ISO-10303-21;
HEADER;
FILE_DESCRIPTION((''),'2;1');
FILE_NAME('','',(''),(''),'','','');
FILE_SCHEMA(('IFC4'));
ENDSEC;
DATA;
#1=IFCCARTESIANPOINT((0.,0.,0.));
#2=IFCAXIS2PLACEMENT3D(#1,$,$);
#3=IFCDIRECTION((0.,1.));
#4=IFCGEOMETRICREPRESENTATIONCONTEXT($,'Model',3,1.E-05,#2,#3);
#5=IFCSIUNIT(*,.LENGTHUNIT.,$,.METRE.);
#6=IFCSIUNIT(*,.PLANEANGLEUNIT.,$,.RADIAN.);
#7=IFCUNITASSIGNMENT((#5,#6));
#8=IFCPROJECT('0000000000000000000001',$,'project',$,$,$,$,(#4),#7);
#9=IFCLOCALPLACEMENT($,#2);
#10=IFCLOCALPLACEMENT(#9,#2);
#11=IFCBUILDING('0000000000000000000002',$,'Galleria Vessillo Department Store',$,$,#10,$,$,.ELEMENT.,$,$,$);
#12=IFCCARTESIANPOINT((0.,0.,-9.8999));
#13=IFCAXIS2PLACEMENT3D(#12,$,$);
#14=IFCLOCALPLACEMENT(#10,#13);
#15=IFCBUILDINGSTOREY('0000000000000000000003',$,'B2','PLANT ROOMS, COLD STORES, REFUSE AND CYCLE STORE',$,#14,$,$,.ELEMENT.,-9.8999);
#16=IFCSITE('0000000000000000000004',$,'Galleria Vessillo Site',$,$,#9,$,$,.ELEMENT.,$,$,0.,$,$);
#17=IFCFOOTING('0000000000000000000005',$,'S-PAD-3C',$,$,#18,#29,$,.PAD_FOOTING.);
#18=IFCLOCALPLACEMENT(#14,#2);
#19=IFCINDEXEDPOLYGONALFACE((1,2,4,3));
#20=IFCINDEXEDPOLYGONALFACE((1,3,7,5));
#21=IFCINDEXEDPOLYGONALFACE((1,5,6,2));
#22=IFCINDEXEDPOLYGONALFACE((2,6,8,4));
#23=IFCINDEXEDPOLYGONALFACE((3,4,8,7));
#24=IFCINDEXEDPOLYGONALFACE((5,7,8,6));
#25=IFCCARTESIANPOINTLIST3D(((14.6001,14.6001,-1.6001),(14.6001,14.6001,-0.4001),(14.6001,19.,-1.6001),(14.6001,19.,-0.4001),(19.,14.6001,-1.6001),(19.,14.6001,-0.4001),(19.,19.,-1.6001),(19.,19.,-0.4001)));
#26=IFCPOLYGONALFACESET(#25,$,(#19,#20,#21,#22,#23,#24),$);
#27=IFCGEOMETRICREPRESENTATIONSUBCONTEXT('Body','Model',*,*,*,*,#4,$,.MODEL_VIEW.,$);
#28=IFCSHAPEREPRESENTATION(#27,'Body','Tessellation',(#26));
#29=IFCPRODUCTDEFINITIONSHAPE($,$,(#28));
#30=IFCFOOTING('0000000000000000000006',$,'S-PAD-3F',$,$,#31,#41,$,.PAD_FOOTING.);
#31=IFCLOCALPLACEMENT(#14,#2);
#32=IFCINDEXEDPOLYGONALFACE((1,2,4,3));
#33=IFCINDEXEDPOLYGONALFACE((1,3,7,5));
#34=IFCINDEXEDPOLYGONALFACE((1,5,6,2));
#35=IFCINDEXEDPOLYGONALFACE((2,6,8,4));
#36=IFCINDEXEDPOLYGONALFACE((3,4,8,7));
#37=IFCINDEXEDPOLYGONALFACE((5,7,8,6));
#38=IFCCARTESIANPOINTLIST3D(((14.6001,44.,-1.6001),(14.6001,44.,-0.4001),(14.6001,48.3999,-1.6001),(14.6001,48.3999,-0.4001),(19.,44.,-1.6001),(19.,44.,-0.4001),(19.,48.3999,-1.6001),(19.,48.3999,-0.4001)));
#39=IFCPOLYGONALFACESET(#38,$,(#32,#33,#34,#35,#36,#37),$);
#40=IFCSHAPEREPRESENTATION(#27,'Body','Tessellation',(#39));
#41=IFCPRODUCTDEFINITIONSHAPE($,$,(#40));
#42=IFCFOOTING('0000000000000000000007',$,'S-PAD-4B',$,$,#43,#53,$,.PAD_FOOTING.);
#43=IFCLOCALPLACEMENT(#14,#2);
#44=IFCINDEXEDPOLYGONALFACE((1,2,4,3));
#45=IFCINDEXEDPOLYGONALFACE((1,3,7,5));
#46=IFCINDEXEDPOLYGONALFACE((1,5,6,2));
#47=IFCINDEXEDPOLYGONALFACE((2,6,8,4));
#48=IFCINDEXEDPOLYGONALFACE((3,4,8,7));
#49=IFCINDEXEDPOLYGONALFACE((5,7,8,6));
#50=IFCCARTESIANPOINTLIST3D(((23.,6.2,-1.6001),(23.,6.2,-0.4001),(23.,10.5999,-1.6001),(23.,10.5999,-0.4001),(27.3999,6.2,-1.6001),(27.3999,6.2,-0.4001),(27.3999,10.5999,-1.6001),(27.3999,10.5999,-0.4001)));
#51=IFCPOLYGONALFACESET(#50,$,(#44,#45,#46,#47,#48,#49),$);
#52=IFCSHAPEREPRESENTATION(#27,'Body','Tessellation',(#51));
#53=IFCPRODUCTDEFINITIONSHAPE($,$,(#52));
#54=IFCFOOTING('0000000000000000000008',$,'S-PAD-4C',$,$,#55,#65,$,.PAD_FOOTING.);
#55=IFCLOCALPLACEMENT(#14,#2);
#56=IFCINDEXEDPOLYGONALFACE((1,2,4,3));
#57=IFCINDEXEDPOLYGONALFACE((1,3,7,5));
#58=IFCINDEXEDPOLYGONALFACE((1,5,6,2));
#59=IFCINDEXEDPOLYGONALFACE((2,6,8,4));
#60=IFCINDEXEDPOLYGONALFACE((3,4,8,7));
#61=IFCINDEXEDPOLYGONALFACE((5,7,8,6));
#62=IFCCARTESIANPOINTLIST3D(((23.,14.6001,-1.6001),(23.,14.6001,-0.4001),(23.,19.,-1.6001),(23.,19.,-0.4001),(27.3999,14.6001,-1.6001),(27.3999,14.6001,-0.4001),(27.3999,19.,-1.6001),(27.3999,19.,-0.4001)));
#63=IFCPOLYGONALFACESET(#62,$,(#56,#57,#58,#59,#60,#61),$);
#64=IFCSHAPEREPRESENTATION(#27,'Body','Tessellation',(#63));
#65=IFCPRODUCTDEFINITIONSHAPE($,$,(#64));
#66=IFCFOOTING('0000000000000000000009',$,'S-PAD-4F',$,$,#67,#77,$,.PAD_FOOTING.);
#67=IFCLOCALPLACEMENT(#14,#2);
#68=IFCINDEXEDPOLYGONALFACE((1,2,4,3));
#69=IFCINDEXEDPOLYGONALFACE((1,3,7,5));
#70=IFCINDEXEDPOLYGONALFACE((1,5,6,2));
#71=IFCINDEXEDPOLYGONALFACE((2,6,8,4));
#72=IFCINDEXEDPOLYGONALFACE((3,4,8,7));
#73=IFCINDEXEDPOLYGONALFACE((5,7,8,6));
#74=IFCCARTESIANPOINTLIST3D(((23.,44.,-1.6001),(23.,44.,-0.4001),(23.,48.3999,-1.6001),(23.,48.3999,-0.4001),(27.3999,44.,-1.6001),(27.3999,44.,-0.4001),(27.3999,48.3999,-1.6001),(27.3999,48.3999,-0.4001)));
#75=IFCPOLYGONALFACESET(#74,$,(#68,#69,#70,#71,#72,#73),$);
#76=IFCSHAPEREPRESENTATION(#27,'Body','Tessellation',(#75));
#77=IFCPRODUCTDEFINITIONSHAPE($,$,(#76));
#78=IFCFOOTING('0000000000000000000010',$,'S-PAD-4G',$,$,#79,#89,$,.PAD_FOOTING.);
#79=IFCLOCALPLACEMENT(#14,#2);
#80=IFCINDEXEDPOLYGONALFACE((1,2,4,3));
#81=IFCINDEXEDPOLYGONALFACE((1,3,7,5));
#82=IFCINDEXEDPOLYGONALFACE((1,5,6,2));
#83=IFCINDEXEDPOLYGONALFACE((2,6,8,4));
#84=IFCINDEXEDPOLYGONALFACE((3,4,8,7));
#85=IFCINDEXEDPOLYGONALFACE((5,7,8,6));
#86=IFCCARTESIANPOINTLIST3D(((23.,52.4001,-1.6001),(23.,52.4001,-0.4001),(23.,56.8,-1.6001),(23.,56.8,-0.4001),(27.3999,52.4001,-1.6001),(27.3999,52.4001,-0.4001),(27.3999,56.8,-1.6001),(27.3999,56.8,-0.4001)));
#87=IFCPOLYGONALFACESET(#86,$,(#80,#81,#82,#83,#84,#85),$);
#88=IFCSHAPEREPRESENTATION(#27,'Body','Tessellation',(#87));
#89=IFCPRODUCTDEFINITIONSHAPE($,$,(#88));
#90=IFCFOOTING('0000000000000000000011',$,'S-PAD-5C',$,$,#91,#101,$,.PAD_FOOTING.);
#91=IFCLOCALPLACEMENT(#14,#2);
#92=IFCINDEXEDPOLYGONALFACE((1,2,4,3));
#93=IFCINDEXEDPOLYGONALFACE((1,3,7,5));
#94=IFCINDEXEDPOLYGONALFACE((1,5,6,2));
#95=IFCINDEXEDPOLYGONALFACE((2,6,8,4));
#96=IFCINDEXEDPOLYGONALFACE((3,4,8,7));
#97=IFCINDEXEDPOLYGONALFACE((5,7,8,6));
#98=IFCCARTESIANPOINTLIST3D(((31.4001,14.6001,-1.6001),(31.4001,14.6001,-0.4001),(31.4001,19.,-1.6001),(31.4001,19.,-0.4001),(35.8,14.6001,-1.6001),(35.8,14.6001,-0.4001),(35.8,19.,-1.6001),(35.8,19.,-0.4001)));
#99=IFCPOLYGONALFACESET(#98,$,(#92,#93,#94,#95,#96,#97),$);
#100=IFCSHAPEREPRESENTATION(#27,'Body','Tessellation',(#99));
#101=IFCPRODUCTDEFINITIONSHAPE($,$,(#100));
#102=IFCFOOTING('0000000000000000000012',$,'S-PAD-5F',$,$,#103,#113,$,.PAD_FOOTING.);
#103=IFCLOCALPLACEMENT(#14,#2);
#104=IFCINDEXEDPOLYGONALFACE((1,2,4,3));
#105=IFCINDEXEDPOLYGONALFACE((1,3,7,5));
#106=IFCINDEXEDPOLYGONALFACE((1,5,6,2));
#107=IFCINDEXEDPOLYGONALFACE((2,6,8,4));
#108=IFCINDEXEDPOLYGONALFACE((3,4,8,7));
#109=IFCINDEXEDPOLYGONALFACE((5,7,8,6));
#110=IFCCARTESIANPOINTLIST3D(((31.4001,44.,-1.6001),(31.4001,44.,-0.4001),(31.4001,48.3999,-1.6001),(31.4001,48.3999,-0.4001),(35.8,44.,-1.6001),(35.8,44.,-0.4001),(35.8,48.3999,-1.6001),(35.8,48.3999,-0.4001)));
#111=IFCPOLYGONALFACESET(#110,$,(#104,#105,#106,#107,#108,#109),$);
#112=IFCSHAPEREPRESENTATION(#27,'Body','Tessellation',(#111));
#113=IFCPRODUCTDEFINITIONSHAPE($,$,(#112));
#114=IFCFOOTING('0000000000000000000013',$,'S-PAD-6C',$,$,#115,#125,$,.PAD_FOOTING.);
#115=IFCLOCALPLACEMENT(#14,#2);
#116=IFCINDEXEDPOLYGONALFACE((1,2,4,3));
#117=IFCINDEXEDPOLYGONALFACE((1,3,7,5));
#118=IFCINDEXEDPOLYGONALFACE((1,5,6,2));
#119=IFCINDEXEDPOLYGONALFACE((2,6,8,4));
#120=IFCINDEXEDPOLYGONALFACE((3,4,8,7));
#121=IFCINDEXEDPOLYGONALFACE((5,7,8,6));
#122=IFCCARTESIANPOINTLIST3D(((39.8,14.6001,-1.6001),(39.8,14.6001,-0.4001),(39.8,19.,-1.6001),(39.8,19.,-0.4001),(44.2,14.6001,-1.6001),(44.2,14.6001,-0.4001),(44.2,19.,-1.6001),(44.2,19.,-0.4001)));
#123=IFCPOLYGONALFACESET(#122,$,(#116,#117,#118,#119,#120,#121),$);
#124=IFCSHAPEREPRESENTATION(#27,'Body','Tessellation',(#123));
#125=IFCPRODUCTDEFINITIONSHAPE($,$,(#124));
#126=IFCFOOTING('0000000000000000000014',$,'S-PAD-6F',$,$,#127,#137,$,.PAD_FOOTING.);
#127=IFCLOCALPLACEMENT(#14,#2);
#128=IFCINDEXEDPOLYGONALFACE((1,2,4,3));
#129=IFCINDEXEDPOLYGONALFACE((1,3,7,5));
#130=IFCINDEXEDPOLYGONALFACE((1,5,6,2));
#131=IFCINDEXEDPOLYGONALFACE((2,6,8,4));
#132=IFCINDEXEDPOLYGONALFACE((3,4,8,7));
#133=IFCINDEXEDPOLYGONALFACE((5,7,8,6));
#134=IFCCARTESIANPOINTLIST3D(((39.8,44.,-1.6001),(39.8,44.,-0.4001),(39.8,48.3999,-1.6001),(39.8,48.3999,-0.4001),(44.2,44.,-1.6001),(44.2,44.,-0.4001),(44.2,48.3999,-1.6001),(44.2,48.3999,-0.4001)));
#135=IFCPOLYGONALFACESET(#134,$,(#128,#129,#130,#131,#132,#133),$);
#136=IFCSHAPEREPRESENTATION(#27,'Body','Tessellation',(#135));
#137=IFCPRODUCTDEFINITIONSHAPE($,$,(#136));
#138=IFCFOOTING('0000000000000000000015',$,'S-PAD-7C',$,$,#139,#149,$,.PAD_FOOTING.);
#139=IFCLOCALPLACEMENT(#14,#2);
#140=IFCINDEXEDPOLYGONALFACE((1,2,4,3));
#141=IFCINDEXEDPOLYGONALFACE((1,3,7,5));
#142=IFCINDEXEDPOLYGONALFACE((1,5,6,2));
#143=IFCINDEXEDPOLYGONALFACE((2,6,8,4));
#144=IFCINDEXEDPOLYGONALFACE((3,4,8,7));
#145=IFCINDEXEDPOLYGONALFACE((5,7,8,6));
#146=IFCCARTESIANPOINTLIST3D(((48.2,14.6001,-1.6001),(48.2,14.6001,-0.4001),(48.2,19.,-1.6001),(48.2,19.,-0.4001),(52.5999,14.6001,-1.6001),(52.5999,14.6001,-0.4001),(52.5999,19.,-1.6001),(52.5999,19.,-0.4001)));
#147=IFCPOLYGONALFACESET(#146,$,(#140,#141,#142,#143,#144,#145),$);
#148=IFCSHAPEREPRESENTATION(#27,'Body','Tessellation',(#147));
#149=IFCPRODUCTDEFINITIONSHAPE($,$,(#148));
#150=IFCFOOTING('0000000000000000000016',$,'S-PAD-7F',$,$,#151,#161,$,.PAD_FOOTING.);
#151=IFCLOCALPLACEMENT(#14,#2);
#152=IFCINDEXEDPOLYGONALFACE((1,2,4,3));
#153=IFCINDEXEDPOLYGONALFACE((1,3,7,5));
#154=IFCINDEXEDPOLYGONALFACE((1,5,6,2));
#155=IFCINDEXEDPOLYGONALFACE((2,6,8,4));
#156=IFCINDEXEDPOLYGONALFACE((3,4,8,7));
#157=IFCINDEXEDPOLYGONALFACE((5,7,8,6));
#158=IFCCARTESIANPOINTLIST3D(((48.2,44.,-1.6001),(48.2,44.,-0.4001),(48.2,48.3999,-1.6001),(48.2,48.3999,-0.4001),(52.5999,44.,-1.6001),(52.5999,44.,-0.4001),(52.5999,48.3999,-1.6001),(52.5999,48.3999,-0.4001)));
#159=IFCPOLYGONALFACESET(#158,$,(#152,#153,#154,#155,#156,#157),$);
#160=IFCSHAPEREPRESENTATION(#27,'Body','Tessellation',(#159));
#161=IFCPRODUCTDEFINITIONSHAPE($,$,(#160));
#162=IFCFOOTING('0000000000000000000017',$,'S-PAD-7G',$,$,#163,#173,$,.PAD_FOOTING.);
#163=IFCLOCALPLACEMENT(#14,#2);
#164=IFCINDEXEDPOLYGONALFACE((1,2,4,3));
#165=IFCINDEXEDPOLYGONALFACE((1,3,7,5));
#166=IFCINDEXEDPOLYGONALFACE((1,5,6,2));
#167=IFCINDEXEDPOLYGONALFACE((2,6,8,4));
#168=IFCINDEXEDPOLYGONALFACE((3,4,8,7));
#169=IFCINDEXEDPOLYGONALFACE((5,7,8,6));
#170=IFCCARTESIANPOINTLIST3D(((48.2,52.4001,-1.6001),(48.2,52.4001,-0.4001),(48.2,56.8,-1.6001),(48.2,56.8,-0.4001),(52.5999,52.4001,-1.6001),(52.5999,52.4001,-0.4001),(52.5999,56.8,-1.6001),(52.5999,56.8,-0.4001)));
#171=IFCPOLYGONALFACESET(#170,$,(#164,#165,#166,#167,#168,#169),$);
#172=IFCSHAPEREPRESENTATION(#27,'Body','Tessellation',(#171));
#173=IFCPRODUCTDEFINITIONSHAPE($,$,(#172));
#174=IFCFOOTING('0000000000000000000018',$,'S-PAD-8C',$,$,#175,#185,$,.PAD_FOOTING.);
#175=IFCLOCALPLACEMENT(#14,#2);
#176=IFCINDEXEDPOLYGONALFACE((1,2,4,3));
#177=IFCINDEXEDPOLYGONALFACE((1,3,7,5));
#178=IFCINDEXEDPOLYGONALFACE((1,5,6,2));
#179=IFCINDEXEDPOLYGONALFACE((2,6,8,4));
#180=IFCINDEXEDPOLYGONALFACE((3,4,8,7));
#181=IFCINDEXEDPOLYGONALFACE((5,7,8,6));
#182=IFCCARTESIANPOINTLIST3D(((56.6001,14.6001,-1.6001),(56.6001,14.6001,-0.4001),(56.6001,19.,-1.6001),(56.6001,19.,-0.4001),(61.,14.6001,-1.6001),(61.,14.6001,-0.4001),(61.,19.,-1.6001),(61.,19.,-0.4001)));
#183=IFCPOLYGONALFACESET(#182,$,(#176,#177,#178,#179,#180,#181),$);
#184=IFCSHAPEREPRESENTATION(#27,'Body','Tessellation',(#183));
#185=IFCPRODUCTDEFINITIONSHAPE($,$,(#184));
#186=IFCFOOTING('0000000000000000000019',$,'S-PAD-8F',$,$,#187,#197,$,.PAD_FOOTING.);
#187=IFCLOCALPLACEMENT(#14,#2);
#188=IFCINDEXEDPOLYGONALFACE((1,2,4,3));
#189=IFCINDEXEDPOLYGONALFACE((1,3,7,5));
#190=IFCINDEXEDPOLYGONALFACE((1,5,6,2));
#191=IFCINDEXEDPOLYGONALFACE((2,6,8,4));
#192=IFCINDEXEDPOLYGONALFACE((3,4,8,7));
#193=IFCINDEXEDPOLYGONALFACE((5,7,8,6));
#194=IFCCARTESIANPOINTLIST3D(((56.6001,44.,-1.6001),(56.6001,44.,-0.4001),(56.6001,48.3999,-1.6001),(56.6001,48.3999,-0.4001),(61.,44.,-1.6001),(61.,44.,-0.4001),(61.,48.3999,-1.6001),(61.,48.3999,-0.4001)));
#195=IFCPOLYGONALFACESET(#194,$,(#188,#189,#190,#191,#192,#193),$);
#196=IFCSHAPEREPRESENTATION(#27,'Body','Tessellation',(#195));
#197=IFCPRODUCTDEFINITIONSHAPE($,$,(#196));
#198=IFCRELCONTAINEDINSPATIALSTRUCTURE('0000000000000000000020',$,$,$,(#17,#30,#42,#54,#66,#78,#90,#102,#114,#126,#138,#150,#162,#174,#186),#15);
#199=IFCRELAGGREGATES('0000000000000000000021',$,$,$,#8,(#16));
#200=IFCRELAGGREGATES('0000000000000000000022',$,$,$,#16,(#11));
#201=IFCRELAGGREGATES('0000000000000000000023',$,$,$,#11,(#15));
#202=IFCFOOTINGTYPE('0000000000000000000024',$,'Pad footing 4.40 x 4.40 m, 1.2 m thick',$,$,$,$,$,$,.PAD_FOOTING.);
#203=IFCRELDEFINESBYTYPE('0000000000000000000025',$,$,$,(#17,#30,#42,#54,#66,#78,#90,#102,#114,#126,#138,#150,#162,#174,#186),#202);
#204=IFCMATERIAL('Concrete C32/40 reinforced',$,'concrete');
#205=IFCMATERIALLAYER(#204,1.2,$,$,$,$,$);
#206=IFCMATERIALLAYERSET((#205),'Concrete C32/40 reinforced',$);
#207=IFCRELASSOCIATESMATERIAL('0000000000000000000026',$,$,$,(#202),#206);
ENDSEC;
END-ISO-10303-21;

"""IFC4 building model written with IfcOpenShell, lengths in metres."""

from ifc_helpers import new_model, si_unit, direction, frame, origin, place, context, subcontext, project, spatial, polyline, outline, extrude, material, layer, layer_set, type_object, element, save


model = new_model("IFC4")

# Units and contexts
model_context = context("Model", 3, precision=1e-05, world=origin(), true_north=direction((0.0, 1.0)))
body_context = subcontext(model_context, "Body", "Model", "MODEL_VIEW")
ifc_project = project(units=[si_unit("LENGTHUNIT", "METRE"), si_unit("PLANEANGLEUNIT", "RADIAN")], contexts=[model_context])

# Site, building, storey
site_placement = place(None, origin())
site = spatial("IfcSite", under=ifc_project, at=site_placement, Name="Galleria Vessillo Site", CompositionType="ELEMENT", RefElevation=0.0)
building_placement = place(site_placement, origin())
building = spatial("IfcBuilding", under=site, at=building_placement, Name="Galleria Vessillo Department Store", CompositionType="ELEMENT")
storey_placement = place(building_placement, frame((0.0, 0.0, -9.8999)))
storey = spatial("IfcBuildingStorey", under=building, at=storey_placement, Name="B2", Description="PLANT ROOMS, COLD STORES, REFUSE AND CYCLE STORE", CompositionType="ELEMENT", Elevation=-9.8999)

# Footings
ifc_material_1 = material(Name="Concrete C32/40 reinforced", Category="concrete")
ifc_layer_1 = layer(ifc_material_1, 1.2)
ifc_layer_set_1 = layer_set([ifc_layer_1], Name="Concrete C32/40 reinforced")
footing_type_1 = type_object("IfcFootingType", Name="Pad footing 4.40 x 4.40 m, 1.2 m thick", PredefinedType="PAD_FOOTING", material=ifc_layer_set_1)
footing_1_placement = place(storey_placement, frame((0.0, 0.0, -1.6001)))
element("IfcFooting", 1, at=footing_1_placement, inside=storey, type_object=footing_type_1, Name="S-PAD-3C", PredefinedType="PAD_FOOTING", context=body_context, shape_type="SweptSolid", body=[
    extrude(outline(polyline([(14.6001, 14.6001), (19.0, 14.6001), (19.0, 19.0), (14.6001, 19.0), (14.6001, 14.6001)])), origin(), (0.0, 0.0, 1.0), 1.2),
])
footing_2_placement = place(storey_placement, frame((0.0, 0.0, -1.6001)))
element("IfcFooting", 2, at=footing_2_placement, inside=storey, type_object=footing_type_1, Name="S-PAD-3F", PredefinedType="PAD_FOOTING", context=body_context, shape_type="SweptSolid", body=[
    extrude(outline(polyline([(14.6001, 44.0), (19.0, 44.0), (19.0, 48.3999), (14.6001, 48.3999), (14.6001, 44.0)])), origin(), (0.0, 0.0, 1.0), 1.2),
])
footing_3_placement = place(storey_placement, frame((0.0, 0.0, -1.6001)))
element("IfcFooting", 3, at=footing_3_placement, inside=storey, type_object=footing_type_1, Name="S-PAD-4B", PredefinedType="PAD_FOOTING", context=body_context, shape_type="SweptSolid", body=[
    extrude(outline(polyline([(23.0, 6.2), (27.3999, 6.2), (27.3999, 10.5999), (23.0, 10.5999), (23.0, 6.2)])), origin(), (0.0, 0.0, 1.0), 1.2),
])
footing_4_placement = place(storey_placement, frame((0.0, 0.0, -1.6001)))
element("IfcFooting", 4, at=footing_4_placement, inside=storey, type_object=footing_type_1, Name="S-PAD-4C", PredefinedType="PAD_FOOTING", context=body_context, shape_type="SweptSolid", body=[
    extrude(outline(polyline([(23.0, 14.6001), (27.3999, 14.6001), (27.3999, 19.0), (23.0, 19.0), (23.0, 14.6001)])), origin(), (0.0, 0.0, 1.0), 1.2),
])
footing_5_placement = place(storey_placement, frame((0.0, 0.0, -1.6001)))
element("IfcFooting", 5, at=footing_5_placement, inside=storey, type_object=footing_type_1, Name="S-PAD-4F", PredefinedType="PAD_FOOTING", context=body_context, shape_type="SweptSolid", body=[
    extrude(outline(polyline([(23.0, 44.0), (27.3999, 44.0), (27.3999, 48.3999), (23.0, 48.3999), (23.0, 44.0)])), origin(), (0.0, 0.0, 1.0), 1.2),
])
footing_6_placement = place(storey_placement, frame((0.0, 0.0, -1.6001)))
element("IfcFooting", 6, at=footing_6_placement, inside=storey, type_object=footing_type_1, Name="S-PAD-4G", PredefinedType="PAD_FOOTING", context=body_context, shape_type="SweptSolid", body=[
    extrude(outline(polyline([(23.0, 52.4001), (27.3999, 52.4001), (27.3999, 56.8), (23.0, 56.8), (23.0, 52.4001)])), origin(), (0.0, 0.0, 1.0), 1.2),
])
footing_7_placement = place(storey_placement, frame((0.0, 0.0, -1.6001)))
element("IfcFooting", 7, at=footing_7_placement, inside=storey, type_object=footing_type_1, Name="S-PAD-5C", PredefinedType="PAD_FOOTING", context=body_context, shape_type="SweptSolid", body=[
    extrude(outline(polyline([(31.4001, 14.6001), (35.8, 14.6001), (35.8, 19.0), (31.4001, 19.0), (31.4001, 14.6001)])), origin(), (0.0, 0.0, 1.0), 1.2),
])
footing_8_placement = place(storey_placement, frame((0.0, 0.0, -1.6001)))
element("IfcFooting", 8, at=footing_8_placement, inside=storey, type_object=footing_type_1, Name="S-PAD-5F", PredefinedType="PAD_FOOTING", context=body_context, shape_type="SweptSolid", body=[
    extrude(outline(polyline([(31.4001, 44.0), (35.8, 44.0), (35.8, 48.3999), (31.4001, 48.3999), (31.4001, 44.0)])), origin(), (0.0, 0.0, 1.0), 1.2),
])
footing_9_placement = place(storey_placement, frame((0.0, 0.0, -1.6001)))
element("IfcFooting", 9, at=footing_9_placement, inside=storey, type_object=footing_type_1, Name="S-PAD-6C", PredefinedType="PAD_FOOTING", context=body_context, shape_type="SweptSolid", body=[
    extrude(outline(polyline([(39.8, 14.6001), (44.2, 14.6001), (44.2, 19.0), (39.8, 19.0), (39.8, 14.6001)])), origin(), (0.0, 0.0, 1.0), 1.2),
])
footing_10_placement = place(storey_placement, frame((0.0, 0.0, -1.6001)))
element("IfcFooting", 10, at=footing_10_placement, inside=storey, type_object=footing_type_1, Name="S-PAD-6F", PredefinedType="PAD_FOOTING", context=body_context, shape_type="SweptSolid", body=[
    extrude(outline(polyline([(39.8, 44.0), (44.2, 44.0), (44.2, 48.3999), (39.8, 48.3999), (39.8, 44.0)])), origin(), (0.0, 0.0, 1.0), 1.2),
])
footing_11_placement = place(storey_placement, frame((0.0, 0.0, -1.6001)))
element("IfcFooting", 11, at=footing_11_placement, inside=storey, type_object=footing_type_1, Name="S-PAD-7C", PredefinedType="PAD_FOOTING", context=body_context, shape_type="SweptSolid", body=[
    extrude(outline(polyline([(48.2, 14.6001), (52.5999, 14.6001), (52.5999, 19.0), (48.2, 19.0), (48.2, 14.6001)])), origin(), (0.0, 0.0, 1.0), 1.2),
])
footing_12_placement = place(storey_placement, frame((0.0, 0.0, -1.6001)))
element("IfcFooting", 12, at=footing_12_placement, inside=storey, type_object=footing_type_1, Name="S-PAD-7F", PredefinedType="PAD_FOOTING", context=body_context, shape_type="SweptSolid", body=[
    extrude(outline(polyline([(48.2, 44.0), (52.5999, 44.0), (52.5999, 48.3999), (48.2, 48.3999), (48.2, 44.0)])), origin(), (0.0, 0.0, 1.0), 1.2),
])
footing_13_placement = place(storey_placement, frame((0.0, 0.0, -1.6001)))
element("IfcFooting", 13, at=footing_13_placement, inside=storey, type_object=footing_type_1, Name="S-PAD-7G", PredefinedType="PAD_FOOTING", context=body_context, shape_type="SweptSolid", body=[
    extrude(outline(polyline([(48.2, 52.4001), (52.5999, 52.4001), (52.5999, 56.8), (48.2, 56.8), (48.2, 52.4001)])), origin(), (0.0, 0.0, 1.0), 1.2),
])
footing_14_placement = place(storey_placement, frame((0.0, 0.0, -1.6001)))
element("IfcFooting", 14, at=footing_14_placement, inside=storey, type_object=footing_type_1, Name="S-PAD-8C", PredefinedType="PAD_FOOTING", context=body_context, shape_type="SweptSolid", body=[
    extrude(outline(polyline([(56.6001, 14.6001), (61.0, 14.6001), (61.0, 19.0), (56.6001, 19.0), (56.6001, 14.6001)])), origin(), (0.0, 0.0, 1.0), 1.2),
])
footing_15_placement = place(storey_placement, frame((0.0, 0.0, -1.6001)))
element("IfcFooting", 15, at=footing_15_placement, inside=storey, type_object=footing_type_1, Name="S-PAD-8F", PredefinedType="PAD_FOOTING", context=body_context, shape_type="SweptSolid", body=[
    extrude(outline(polyline([(56.6001, 44.0), (61.0, 44.0), (61.0, 48.3999), (56.6001, 48.3999), (56.6001, 44.0)])), origin(), (0.0, 0.0, 1.0), 1.2),
])

save(model, "model.ifc")
